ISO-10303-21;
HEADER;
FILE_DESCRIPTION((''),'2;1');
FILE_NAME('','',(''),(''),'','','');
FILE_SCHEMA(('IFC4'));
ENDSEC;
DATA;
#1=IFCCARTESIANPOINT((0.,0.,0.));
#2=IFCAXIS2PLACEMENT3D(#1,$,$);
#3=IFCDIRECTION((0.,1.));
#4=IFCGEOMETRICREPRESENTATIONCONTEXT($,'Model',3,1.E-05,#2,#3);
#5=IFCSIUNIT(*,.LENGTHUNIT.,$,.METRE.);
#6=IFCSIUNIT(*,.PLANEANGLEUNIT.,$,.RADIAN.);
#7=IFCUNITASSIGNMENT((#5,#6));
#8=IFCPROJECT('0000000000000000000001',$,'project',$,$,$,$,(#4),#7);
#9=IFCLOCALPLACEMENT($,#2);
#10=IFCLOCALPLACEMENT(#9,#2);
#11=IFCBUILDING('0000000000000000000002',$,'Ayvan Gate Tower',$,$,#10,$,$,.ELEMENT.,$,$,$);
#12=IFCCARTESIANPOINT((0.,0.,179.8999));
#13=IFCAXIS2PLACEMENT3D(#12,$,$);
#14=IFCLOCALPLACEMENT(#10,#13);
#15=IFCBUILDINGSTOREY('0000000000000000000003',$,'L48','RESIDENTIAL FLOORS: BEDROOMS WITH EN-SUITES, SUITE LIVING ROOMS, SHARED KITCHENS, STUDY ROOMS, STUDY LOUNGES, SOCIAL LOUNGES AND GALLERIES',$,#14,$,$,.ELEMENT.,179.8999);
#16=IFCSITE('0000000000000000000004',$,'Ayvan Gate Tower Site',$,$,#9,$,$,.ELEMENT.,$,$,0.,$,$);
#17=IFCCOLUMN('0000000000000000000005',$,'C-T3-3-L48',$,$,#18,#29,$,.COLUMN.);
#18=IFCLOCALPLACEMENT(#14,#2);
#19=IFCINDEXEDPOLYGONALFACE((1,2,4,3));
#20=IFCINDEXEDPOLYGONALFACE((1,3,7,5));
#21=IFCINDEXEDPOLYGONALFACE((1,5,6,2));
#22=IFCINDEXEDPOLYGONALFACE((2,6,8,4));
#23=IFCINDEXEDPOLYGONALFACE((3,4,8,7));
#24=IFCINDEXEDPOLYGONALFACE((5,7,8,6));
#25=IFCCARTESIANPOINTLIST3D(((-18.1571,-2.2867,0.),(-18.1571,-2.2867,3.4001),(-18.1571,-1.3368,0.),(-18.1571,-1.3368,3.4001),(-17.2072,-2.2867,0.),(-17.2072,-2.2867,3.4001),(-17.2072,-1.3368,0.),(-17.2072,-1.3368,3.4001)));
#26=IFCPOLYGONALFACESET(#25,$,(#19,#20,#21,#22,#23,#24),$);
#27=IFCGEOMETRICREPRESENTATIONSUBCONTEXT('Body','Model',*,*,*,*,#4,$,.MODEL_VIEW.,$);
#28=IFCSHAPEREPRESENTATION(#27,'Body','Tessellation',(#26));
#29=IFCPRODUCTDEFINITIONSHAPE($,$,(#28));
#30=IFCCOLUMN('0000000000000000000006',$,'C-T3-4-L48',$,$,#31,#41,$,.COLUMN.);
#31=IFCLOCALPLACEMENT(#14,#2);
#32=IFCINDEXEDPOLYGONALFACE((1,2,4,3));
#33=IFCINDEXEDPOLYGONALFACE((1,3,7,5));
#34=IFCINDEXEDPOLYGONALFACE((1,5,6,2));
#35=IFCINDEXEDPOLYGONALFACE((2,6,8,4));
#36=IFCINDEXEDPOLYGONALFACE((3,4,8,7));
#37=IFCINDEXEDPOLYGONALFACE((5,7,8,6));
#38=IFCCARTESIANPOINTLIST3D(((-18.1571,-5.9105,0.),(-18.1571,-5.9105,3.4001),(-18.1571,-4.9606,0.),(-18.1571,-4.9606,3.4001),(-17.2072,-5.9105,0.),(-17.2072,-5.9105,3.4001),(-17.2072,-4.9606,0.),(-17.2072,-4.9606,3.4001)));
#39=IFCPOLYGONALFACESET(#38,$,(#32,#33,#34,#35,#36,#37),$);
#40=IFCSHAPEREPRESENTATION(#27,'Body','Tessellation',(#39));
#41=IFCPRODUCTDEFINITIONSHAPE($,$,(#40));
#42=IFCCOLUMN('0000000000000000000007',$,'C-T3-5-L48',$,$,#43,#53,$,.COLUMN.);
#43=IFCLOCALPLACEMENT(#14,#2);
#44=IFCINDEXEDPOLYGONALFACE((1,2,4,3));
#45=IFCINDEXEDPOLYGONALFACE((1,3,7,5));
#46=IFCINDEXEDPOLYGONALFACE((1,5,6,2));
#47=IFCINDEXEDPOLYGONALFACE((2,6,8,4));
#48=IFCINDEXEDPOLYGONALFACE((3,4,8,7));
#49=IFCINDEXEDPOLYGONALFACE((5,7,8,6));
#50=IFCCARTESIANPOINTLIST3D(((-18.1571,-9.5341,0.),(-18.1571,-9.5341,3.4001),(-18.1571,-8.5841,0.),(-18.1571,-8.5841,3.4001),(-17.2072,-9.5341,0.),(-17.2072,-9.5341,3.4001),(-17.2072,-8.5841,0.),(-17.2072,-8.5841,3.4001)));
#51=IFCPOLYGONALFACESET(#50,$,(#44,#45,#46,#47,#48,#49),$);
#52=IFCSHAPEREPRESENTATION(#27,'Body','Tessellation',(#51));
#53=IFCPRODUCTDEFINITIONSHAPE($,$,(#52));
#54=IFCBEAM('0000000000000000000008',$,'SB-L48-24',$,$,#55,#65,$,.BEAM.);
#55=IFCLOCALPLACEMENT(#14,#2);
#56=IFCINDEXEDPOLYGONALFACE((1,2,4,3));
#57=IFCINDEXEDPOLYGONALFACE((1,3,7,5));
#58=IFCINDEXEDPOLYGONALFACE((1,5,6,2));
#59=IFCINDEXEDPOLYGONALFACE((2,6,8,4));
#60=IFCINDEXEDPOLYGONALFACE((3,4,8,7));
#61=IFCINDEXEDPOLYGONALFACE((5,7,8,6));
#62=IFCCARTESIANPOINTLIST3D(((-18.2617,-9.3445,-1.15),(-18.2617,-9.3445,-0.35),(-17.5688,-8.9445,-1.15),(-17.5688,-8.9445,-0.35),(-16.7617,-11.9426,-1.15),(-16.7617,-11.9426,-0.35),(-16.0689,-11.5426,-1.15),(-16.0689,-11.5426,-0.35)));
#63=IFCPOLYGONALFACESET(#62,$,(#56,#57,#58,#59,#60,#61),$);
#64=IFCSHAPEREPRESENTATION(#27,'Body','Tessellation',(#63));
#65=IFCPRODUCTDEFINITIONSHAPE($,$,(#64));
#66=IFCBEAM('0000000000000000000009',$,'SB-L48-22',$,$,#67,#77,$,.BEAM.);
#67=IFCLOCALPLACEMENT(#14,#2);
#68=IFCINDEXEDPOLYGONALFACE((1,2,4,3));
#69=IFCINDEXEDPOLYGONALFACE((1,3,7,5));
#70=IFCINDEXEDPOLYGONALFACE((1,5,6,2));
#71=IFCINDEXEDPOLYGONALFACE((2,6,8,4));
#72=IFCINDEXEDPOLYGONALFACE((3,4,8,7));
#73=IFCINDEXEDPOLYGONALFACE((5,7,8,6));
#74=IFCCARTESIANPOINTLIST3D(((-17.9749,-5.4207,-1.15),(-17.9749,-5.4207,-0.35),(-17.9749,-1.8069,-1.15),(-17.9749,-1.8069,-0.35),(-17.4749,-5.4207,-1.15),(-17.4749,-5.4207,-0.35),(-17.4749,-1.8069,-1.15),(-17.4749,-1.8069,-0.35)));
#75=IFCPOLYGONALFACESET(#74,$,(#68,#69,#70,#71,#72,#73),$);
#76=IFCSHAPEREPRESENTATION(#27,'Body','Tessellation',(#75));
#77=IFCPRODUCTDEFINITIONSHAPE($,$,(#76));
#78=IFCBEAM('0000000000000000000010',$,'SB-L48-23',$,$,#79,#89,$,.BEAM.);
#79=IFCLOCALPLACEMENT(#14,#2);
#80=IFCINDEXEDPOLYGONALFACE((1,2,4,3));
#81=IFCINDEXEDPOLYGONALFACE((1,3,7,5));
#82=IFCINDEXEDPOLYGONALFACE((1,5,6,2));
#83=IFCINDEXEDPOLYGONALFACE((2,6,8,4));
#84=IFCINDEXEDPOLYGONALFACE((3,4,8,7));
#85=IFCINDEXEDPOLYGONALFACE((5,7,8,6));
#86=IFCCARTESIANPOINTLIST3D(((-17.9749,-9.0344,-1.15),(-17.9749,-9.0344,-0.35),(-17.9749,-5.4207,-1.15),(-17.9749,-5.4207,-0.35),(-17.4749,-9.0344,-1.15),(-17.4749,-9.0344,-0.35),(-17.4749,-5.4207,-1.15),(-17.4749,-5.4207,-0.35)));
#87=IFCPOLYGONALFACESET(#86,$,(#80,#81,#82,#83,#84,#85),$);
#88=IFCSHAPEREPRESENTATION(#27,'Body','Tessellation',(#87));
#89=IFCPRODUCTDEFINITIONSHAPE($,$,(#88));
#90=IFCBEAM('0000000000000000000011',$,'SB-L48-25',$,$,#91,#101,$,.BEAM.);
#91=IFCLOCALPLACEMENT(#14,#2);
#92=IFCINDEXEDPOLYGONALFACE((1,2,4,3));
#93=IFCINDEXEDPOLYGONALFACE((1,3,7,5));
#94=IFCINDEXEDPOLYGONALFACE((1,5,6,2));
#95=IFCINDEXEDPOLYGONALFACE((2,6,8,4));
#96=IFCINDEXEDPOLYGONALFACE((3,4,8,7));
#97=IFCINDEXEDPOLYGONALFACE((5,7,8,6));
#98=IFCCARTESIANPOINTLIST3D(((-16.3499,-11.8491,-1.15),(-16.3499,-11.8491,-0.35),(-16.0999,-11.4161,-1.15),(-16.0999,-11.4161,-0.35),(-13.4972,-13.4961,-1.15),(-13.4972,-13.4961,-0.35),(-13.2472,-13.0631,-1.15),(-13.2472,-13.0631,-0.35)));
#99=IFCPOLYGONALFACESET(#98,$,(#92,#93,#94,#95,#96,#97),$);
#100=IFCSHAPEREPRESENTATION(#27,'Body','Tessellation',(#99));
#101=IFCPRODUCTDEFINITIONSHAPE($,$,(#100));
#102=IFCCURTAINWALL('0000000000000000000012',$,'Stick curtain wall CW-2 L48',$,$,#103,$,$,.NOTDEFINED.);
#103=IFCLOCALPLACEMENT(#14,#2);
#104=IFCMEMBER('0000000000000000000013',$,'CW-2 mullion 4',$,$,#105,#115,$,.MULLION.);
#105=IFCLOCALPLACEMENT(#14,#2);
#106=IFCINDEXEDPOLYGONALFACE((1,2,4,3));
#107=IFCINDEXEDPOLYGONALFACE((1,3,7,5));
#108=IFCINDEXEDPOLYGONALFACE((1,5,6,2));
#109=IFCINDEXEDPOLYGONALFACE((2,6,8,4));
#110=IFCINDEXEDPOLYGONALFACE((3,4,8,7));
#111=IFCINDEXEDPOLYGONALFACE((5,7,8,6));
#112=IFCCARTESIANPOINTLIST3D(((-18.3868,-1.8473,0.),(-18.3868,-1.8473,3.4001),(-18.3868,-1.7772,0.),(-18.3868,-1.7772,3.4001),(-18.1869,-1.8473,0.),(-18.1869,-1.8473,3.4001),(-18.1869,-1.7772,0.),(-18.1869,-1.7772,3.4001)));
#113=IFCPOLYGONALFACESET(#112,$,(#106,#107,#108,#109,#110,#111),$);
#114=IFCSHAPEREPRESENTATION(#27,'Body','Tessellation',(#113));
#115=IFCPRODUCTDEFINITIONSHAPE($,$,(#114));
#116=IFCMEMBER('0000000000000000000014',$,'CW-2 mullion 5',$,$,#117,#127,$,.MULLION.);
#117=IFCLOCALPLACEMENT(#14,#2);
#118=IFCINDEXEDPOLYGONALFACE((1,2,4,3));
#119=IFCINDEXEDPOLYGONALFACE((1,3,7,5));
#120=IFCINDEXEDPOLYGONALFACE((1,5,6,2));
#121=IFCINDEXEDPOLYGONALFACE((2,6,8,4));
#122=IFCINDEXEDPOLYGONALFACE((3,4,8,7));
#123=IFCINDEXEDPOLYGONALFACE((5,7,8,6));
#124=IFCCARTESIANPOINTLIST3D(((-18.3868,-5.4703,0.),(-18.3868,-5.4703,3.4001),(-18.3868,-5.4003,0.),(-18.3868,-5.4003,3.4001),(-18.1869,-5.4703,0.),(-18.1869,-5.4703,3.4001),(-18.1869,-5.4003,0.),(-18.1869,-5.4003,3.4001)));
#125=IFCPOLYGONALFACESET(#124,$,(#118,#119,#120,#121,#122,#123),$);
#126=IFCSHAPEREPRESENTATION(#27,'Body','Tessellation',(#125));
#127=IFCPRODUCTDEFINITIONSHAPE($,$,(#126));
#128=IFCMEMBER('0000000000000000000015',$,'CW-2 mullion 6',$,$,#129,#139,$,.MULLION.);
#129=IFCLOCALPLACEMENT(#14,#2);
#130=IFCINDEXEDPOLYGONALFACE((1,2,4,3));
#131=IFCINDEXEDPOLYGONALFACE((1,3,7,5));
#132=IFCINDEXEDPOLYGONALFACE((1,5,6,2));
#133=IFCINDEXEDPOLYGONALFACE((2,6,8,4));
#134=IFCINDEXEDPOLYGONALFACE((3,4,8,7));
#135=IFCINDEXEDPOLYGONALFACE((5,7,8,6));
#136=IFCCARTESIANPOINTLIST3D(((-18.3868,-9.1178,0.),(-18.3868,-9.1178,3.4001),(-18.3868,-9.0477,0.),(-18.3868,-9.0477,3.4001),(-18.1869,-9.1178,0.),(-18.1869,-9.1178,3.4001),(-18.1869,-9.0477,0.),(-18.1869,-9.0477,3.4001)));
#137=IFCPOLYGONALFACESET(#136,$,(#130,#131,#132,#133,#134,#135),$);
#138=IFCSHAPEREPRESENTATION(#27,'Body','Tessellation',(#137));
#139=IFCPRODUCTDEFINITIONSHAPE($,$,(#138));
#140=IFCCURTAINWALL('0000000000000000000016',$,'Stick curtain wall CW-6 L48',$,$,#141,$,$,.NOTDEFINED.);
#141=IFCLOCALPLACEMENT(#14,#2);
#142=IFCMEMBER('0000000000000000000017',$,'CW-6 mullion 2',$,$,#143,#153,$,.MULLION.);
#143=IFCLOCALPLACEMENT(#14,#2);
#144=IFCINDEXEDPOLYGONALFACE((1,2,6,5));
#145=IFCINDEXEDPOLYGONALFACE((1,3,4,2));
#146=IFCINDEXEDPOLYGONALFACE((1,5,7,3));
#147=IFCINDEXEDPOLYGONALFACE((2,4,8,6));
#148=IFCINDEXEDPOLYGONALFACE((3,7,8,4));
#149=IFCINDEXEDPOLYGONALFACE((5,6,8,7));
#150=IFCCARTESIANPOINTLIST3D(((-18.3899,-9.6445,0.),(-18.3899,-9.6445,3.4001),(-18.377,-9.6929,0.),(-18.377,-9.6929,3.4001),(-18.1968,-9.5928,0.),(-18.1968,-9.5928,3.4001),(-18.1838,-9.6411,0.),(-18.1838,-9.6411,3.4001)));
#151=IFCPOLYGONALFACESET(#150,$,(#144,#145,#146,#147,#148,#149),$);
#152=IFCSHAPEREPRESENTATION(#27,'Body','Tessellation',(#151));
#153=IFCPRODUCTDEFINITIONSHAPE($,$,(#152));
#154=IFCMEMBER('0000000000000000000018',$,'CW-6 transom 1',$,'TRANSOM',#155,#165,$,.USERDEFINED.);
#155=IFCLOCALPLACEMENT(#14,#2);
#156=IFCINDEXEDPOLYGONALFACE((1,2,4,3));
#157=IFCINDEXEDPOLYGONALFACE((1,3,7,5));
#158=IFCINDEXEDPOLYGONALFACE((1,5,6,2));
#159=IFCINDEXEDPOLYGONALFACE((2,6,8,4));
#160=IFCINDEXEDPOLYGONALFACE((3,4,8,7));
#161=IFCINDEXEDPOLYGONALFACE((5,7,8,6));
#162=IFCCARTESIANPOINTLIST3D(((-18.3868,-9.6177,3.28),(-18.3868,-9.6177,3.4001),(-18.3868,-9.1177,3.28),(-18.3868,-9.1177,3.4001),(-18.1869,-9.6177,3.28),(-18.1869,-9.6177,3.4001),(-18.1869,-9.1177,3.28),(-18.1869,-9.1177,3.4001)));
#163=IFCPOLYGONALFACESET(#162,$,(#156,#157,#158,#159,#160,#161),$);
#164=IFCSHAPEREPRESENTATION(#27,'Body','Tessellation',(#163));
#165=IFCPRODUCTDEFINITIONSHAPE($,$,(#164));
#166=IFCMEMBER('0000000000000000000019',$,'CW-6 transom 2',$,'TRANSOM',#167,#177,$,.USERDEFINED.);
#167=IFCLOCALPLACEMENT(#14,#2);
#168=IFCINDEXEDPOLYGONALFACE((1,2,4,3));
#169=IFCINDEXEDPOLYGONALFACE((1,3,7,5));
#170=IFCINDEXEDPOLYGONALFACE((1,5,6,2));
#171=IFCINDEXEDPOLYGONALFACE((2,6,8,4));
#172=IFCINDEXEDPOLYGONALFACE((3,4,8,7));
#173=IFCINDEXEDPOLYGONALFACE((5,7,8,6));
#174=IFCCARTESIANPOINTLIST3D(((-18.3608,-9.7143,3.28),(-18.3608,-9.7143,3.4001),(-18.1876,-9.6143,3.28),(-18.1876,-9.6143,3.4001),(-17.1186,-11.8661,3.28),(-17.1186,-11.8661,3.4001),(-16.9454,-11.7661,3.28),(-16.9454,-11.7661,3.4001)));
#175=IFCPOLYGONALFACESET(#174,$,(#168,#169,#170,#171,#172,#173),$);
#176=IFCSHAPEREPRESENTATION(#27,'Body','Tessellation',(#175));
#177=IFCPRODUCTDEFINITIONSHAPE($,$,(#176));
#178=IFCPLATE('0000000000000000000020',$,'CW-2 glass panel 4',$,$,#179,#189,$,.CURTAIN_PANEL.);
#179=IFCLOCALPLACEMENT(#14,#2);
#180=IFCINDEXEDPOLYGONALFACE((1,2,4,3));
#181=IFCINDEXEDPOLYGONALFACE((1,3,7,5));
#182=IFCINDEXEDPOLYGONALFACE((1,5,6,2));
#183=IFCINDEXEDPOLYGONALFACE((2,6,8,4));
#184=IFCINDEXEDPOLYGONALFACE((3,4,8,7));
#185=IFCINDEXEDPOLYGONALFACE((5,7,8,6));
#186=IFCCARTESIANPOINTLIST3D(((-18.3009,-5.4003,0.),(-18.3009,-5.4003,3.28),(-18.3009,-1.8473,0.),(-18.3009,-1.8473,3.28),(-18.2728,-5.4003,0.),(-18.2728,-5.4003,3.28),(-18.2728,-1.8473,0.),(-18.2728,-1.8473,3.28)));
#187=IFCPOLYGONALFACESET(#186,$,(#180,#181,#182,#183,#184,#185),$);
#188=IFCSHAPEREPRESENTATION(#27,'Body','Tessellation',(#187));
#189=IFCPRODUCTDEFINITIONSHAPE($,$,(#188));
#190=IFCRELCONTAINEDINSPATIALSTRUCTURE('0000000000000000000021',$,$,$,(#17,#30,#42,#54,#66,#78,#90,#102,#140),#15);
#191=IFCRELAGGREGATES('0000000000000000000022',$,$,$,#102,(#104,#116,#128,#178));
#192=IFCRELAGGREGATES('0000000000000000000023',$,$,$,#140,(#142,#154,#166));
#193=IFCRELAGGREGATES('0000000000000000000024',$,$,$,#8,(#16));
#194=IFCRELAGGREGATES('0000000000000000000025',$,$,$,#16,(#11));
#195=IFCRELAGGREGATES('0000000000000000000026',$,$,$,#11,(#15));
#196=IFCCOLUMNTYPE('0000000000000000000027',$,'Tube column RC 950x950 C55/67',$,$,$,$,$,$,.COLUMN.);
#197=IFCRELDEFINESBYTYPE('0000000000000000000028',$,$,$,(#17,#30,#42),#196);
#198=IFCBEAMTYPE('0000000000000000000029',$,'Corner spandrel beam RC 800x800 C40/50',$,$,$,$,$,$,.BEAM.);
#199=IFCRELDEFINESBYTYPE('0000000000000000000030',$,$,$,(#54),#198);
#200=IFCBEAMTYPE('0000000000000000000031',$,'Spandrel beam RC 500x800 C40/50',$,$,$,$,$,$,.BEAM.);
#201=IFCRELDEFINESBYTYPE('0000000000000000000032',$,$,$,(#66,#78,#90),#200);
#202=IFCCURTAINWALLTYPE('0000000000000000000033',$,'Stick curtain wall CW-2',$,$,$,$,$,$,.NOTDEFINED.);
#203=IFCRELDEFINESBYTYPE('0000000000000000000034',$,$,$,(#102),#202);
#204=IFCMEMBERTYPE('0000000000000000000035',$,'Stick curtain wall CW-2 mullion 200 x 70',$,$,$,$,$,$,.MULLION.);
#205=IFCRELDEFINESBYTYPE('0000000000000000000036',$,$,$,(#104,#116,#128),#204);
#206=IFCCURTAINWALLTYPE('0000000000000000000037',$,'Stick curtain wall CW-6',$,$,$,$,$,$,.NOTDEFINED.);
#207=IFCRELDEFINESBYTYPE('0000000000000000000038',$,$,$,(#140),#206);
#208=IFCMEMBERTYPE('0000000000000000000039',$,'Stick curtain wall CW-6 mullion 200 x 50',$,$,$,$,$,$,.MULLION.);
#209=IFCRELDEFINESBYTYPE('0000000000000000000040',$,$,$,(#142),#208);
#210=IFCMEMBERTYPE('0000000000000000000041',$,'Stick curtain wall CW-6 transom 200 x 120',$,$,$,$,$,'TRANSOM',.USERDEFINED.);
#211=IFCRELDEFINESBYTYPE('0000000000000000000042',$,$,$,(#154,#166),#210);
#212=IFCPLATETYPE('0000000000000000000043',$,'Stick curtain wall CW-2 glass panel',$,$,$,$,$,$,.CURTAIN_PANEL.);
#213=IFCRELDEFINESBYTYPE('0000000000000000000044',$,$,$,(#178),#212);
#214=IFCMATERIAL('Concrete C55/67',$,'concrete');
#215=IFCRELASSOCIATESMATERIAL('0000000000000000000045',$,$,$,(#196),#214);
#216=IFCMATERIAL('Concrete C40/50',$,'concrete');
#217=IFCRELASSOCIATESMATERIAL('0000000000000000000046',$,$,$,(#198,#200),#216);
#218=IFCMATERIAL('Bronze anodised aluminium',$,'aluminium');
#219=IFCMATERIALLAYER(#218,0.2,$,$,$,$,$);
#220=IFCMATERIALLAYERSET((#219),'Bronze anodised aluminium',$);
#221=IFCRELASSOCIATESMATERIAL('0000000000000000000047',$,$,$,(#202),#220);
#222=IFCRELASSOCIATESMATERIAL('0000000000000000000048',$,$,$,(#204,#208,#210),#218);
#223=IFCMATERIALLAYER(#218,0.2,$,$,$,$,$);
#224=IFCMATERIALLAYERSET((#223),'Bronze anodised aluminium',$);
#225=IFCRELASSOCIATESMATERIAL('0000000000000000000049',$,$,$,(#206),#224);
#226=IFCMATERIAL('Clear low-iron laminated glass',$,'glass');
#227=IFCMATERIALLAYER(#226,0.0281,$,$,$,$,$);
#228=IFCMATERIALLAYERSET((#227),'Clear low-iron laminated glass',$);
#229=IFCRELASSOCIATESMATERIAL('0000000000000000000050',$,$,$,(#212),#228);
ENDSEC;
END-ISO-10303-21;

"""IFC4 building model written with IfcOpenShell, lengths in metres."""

from ifc_helpers import new_model, si_unit, direction, frame, origin, origin_2d, place, context, subcontext, project, spatial, rectangle, extrude, material, layer, layer_set, material_profile, profile_set, type_object, element, aggregate, save


model = new_model("IFC4")

# Units and contexts
model_context = context("Model", 3, precision=1e-05, world=origin(), true_north=direction((0.0, 1.0)))
body_context = subcontext(model_context, "Body", "Model", "MODEL_VIEW")
ifc_project = project(units=[si_unit("LENGTHUNIT", "METRE"), si_unit("PLANEANGLEUNIT", "RADIAN")], contexts=[model_context])

# Site, building, storey
site_placement = place(None, origin())
site = spatial("IfcSite", under=ifc_project, at=site_placement, Name="Ayvan Gate Tower Site", CompositionType="ELEMENT", RefElevation=0.0)
building_placement = place(site_placement, origin())
building = spatial("IfcBuilding", under=site, at=building_placement, Name="Ayvan Gate Tower", CompositionType="ELEMENT")
storey_placement = place(building_placement, frame((0.0, 0.0, 179.8999)))
storey = spatial("IfcBuildingStorey", under=building, at=storey_placement, Name="L48", Description="RESIDENTIAL FLOORS: BEDROOMS WITH EN-SUITES, SUITE LIVING ROOMS, SHARED KITCHENS, STUDY ROOMS, STUDY LOUNGES, SOCIAL LOUNGES AND GALLERIES", CompositionType="ELEMENT", Elevation=179.8999)

# Columns
ifc_material_1 = material(Name="Concrete C55/67", Category="concrete")
ifc_material_profile_1 = material_profile(ifc_material_1, rectangle(XDim=0.95, YDim=0.95, at=origin_2d()), Name="RC 950x950")
ifc_profile_set_1 = profile_set([ifc_material_profile_1], Name="Concrete C55/67")
column_type = type_object("IfcColumnType", Name="Tube column RC 950x950 C55/67", PredefinedType="COLUMN", material=ifc_profile_set_1)
for number, where, z_axis, x_axis, name in (
    (1, (-17.6821, -1.8118, 0.0), (0.0, 0.0, 1.0), (-1.0, 0.0, 0.0), "C-T3-3-L48"),
    (2, (-17.6821, -5.4355, 0.0), (0.0, 0.0, 1.0), (-1.0, 0.0, 0.0), "C-T3-4-L48"),
    (3, (-17.6821, -9.0591, 0.0), (0.0, 0.0, 1.0), (-1.0, 0.0, 0.0), "C-T3-5-L48"),
):
    element("IfcColumn", number, at=place(storey_placement, frame(where, z_axis=z_axis, x_axis=x_axis)), inside=storey, type_object=column_type, Name=name, PredefinedType="COLUMN", context=body_context, shape_type="SweptSolid", body=[
        extrude(rectangle(XDim=0.95, YDim=0.95, at=origin_2d()), origin(), (0.0, 0.0, 1.0), 3.4001),
    ])

# Beams
ifc_material_2 = material(Name="Concrete C40/50", Category="concrete")
ifc_material_profile_2 = material_profile(ifc_material_2, rectangle(XDim=0.8, YDim=0.8, at=origin_2d()), Name="RC 800x800")
ifc_profile_set_2 = profile_set([ifc_material_profile_2], Name="Concrete C40/50")
beam_type_1 = type_object("IfcBeamType", Name="Corner spandrel beam RC 800x800 C40/50", PredefinedType="BEAM", material=ifc_profile_set_2)
beam_1_placement = place(storey_placement, frame((-17.9153, -9.1445, -0.75), z_axis=(0.49999, -0.866031, 0.0), x_axis=(0.866031, 0.49999, 0.0)))
element("IfcBeam", 4, at=beam_1_placement, inside=storey, type_object=beam_type_1, Name="SB-L48-24", PredefinedType="BEAM", context=body_context, shape_type="SweptSolid", body=[
    extrude(rectangle(XDim=0.8, YDim=0.8, at=origin_2d()), origin(), (0.0, 0.0, 1.0), 3.0),
])
ifc_material_profile_3 = material_profile(ifc_material_2, rectangle(XDim=0.5, YDim=0.8, at=origin_2d()), Name="RC 500x800")
ifc_profile_set_3 = profile_set([ifc_material_profile_3], Name="Concrete C40/50")
beam_type_2 = type_object("IfcBeamType", Name="Spandrel beam RC 500x800 C40/50", PredefinedType="BEAM", material=ifc_profile_set_3)
for number, where, z_axis, x_axis, name in (
    (5, (-17.7249, -1.8069, -0.75), (0.0, -1.0, 0.0), (1.0, 0.0, 0.0), "SB-L48-22"),
    (6, (-17.7249, -5.4207, -0.75), (0.0, -1.0, 0.0), (1.0, 0.0, 0.0), "SB-L48-23"),
):
    element("IfcBeam", number, at=place(storey_placement, frame(where, z_axis=z_axis, x_axis=x_axis)), inside=storey, type_object=beam_type_2, Name=name, PredefinedType="BEAM", context=body_context, shape_type="SweptSolid", body=[
        extrude(rectangle(XDim=0.5, YDim=0.8, at=origin_2d()), origin(), (0.0, 0.0, 1.0), 3.6138),
    ])
beam_2_placement = place(storey_placement, frame((-16.2249, -11.6326, -0.75), z_axis=(0.866018, -0.500013, 0.0), x_axis=(0.500013, 0.866018, 0.0)))
element("IfcBeam", 7, at=beam_2_placement, inside=storey, type_object=beam_type_2, Name="SB-L48-25", PredefinedType="BEAM", context=body_context, shape_type="SweptSolid", body=[
    extrude(rectangle(XDim=0.5, YDim=0.8, at=origin_2d()), origin(), (0.0, 0.0, 1.0), 3.2939),
])

# Curtain walls, members
ifc_material_3 = material(Name="Bronze anodised aluminium", Category="aluminium")
ifc_layer_1 = layer(ifc_material_3, 0.2)
ifc_layer_set_1 = layer_set([ifc_layer_1], Name="Bronze anodised aluminium")
curtain_wall_type_1 = type_object("IfcCurtainWallType", Name="Stick curtain wall CW-2", PredefinedType="NOTDEFINED", material=ifc_layer_set_1)
curtain_wall_1_placement = place(storey_placement, origin())
curtain_wall_1 = element("IfcCurtainWall", 8, at=curtain_wall_1_placement, inside=storey, type_object=curtain_wall_type_1, Name="Stick curtain wall CW-2 L48", PredefinedType="NOTDEFINED")
ifc_material_profile_4 = material_profile(ifc_material_3, rectangle(XDim=0.2, YDim=0.0701, at=origin_2d()), Name="Stick curtain wall CW-2 mullion 200 x 70")
ifc_profile_set_4 = profile_set([ifc_material_profile_4], Name="Bronze anodised aluminium")
member_type_1 = type_object("IfcMemberType", Name="Stick curtain wall CW-2 mullion 200 x 70", PredefinedType="MULLION", material=ifc_profile_set_4)
member_1_placement = place(storey_placement, frame((-18.2869, -1.8123, 0.0), z_axis=(0.0, 0.0, 1.0), x_axis=(-1.0, 0.0, 0.0)))
member_1 = element("IfcMember", 9, at=member_1_placement, type_object=member_type_1, Name="CW-2 mullion 4", PredefinedType="MULLION", context=body_context, shape_type="SweptSolid", body=[
    extrude(rectangle(XDim=0.2, YDim=0.0701, at=origin_2d()), origin(), (0.0, 0.0, 1.0), 3.4001),
])
member_2_placement = place(storey_placement, frame((-18.2869, -5.4353, 0.0), z_axis=(0.0, 0.0, 1.0), x_axis=(-1.0, 0.0, 0.0)))
member_2 = element("IfcMember", 10, at=member_2_placement, type_object=member_type_1, Name="CW-2 mullion 5", PredefinedType="MULLION", context=body_context, shape_type="SweptSolid", body=[
    extrude(rectangle(XDim=0.2, YDim=0.0701, at=origin_2d()), origin(), (0.0, 0.0, 1.0), 3.4001),
])
member_3_placement = place(storey_placement, frame((-18.2869, -9.0828, 0.0), z_axis=(0.0, 0.0, 1.0), x_axis=(-1.0, 0.0, 0.0)))
member_3 = element("IfcMember", 11, at=member_3_placement, type_object=member_type_1, Name="CW-2 mullion 6", PredefinedType="MULLION", context=body_context, shape_type="SweptSolid", body=[
    extrude(rectangle(XDim=0.2, YDim=0.0701, at=origin_2d()), origin(), (0.0, 0.0, 1.0), 3.4001),
])
ifc_layer_2 = layer(ifc_material_3, 0.2)
ifc_layer_set_2 = layer_set([ifc_layer_2], Name="Bronze anodised aluminium")
curtain_wall_type_2 = type_object("IfcCurtainWallType", Name="Stick curtain wall CW-6", PredefinedType="NOTDEFINED", material=ifc_layer_set_2)
curtain_wall_2_placement = place(storey_placement, origin())
curtain_wall_2 = element("IfcCurtainWall", 12, at=curtain_wall_2_placement, inside=storey, type_object=curtain_wall_type_2, Name="Stick curtain wall CW-6 L48", PredefinedType="NOTDEFINED")
ifc_material_profile_5 = material_profile(ifc_material_3, rectangle(XDim=0.2, YDim=0.05, at=origin_2d()), Name="Stick curtain wall CW-6 mullion 200 x 50")
ifc_profile_set_5 = profile_set([ifc_material_profile_5], Name="Bronze anodised aluminium")
member_type_2 = type_object("IfcMemberType", Name="Stick curtain wall CW-6 mullion 200 x 50", PredefinedType="MULLION", material=ifc_profile_set_5)
member_4_placement = place(storey_placement, frame((-18.2869, -9.6428, 0.0), z_axis=(0.0, 0.0, 1.0), x_axis=(-0.965926, -0.258819, 0.0)))
member_4 = element("IfcMember", 13, at=member_4_placement, type_object=member_type_2, Name="CW-6 mullion 2", PredefinedType="MULLION", context=body_context, shape_type="SweptSolid", body=[
    extrude(rectangle(XDim=0.2, YDim=0.05, at=origin_2d()), origin(), (0.0, 0.0, 1.0), 3.4001),
])
ifc_material_profile_6 = material_profile(ifc_material_3, rectangle(XDim=0.2, YDim=0.1201, at=origin_2d()), Name="Stick curtain wall CW-6 transom 200 x 120")
ifc_profile_set_6 = profile_set([ifc_material_profile_6], Name="Bronze anodised aluminium")
member_type_3 = type_object("IfcMemberType", Name="Stick curtain wall CW-6 transom 200 x 120", ElementType="TRANSOM", PredefinedType="USERDEFINED", material=ifc_profile_set_6)
member_5_placement = place(storey_placement, frame((-18.2869, -9.1177, 3.3401), z_axis=(0.0, -1.0, 0.0), x_axis=(1.0, 0.0, 0.0)))
member_5 = element("IfcMember", 14, at=member_5_placement, type_object=member_type_3, Name="CW-6 transom 1", ObjectType="TRANSOM", PredefinedType="USERDEFINED", context=body_context, shape_type="SweptSolid", body=[
    extrude(rectangle(XDim=0.2, YDim=0.1201, at=origin_2d()), origin(), (0.0, 0.0, 1.0), 0.5),
])
member_6_placement = place(storey_placement, frame((-18.2742, -9.6643, 3.3401), z_axis=(0.499944, -0.866058, 0.0), x_axis=(0.866058, 0.499944, 0.0)))
member_6 = element("IfcMember", 15, at=member_6_placement, type_object=member_type_3, Name="CW-6 transom 2", ObjectType="TRANSOM", PredefinedType="USERDEFINED", context=body_context, shape_type="SweptSolid", body=[
    extrude(rectangle(XDim=0.2, YDim=0.1201, at=origin_2d()), origin(), (0.0, 0.0, 1.0), 2.4846),
])

# Plate
ifc_material_4 = material(Name="Clear low-iron laminated glass", Category="glass")
ifc_layer_3 = layer(ifc_material_4, 0.0281)
ifc_layer_set_3 = layer_set([ifc_layer_3], Name="Clear low-iron laminated glass")
plate_type_1 = type_object("IfcPlateType", Name="Stick curtain wall CW-2 glass panel", PredefinedType="CURTAIN_PANEL", material=ifc_layer_set_3)
plate_1_placement = place(storey_placement, frame((-18.2869, -3.6238, 0.0), z_axis=(0.0, 0.0, 1.0), x_axis=(0.0, -1.0, 0.0)))
plate_1 = element("IfcPlate", 16, at=plate_1_placement, type_object=plate_type_1, Name="CW-2 glass panel 4", PredefinedType="CURTAIN_PANEL", context=body_context, shape_type="SweptSolid", body=[
    extrude(rectangle(XDim=3.553, YDim=0.0281, at=origin_2d()), origin(), (0.0, 0.0, 1.0), 3.28),
])
aggregate(curtain_wall_1, [member_1, member_2, member_3, plate_1])
aggregate(curtain_wall_2, [member_4, member_5, member_6])

save(model, "model.ifc")
